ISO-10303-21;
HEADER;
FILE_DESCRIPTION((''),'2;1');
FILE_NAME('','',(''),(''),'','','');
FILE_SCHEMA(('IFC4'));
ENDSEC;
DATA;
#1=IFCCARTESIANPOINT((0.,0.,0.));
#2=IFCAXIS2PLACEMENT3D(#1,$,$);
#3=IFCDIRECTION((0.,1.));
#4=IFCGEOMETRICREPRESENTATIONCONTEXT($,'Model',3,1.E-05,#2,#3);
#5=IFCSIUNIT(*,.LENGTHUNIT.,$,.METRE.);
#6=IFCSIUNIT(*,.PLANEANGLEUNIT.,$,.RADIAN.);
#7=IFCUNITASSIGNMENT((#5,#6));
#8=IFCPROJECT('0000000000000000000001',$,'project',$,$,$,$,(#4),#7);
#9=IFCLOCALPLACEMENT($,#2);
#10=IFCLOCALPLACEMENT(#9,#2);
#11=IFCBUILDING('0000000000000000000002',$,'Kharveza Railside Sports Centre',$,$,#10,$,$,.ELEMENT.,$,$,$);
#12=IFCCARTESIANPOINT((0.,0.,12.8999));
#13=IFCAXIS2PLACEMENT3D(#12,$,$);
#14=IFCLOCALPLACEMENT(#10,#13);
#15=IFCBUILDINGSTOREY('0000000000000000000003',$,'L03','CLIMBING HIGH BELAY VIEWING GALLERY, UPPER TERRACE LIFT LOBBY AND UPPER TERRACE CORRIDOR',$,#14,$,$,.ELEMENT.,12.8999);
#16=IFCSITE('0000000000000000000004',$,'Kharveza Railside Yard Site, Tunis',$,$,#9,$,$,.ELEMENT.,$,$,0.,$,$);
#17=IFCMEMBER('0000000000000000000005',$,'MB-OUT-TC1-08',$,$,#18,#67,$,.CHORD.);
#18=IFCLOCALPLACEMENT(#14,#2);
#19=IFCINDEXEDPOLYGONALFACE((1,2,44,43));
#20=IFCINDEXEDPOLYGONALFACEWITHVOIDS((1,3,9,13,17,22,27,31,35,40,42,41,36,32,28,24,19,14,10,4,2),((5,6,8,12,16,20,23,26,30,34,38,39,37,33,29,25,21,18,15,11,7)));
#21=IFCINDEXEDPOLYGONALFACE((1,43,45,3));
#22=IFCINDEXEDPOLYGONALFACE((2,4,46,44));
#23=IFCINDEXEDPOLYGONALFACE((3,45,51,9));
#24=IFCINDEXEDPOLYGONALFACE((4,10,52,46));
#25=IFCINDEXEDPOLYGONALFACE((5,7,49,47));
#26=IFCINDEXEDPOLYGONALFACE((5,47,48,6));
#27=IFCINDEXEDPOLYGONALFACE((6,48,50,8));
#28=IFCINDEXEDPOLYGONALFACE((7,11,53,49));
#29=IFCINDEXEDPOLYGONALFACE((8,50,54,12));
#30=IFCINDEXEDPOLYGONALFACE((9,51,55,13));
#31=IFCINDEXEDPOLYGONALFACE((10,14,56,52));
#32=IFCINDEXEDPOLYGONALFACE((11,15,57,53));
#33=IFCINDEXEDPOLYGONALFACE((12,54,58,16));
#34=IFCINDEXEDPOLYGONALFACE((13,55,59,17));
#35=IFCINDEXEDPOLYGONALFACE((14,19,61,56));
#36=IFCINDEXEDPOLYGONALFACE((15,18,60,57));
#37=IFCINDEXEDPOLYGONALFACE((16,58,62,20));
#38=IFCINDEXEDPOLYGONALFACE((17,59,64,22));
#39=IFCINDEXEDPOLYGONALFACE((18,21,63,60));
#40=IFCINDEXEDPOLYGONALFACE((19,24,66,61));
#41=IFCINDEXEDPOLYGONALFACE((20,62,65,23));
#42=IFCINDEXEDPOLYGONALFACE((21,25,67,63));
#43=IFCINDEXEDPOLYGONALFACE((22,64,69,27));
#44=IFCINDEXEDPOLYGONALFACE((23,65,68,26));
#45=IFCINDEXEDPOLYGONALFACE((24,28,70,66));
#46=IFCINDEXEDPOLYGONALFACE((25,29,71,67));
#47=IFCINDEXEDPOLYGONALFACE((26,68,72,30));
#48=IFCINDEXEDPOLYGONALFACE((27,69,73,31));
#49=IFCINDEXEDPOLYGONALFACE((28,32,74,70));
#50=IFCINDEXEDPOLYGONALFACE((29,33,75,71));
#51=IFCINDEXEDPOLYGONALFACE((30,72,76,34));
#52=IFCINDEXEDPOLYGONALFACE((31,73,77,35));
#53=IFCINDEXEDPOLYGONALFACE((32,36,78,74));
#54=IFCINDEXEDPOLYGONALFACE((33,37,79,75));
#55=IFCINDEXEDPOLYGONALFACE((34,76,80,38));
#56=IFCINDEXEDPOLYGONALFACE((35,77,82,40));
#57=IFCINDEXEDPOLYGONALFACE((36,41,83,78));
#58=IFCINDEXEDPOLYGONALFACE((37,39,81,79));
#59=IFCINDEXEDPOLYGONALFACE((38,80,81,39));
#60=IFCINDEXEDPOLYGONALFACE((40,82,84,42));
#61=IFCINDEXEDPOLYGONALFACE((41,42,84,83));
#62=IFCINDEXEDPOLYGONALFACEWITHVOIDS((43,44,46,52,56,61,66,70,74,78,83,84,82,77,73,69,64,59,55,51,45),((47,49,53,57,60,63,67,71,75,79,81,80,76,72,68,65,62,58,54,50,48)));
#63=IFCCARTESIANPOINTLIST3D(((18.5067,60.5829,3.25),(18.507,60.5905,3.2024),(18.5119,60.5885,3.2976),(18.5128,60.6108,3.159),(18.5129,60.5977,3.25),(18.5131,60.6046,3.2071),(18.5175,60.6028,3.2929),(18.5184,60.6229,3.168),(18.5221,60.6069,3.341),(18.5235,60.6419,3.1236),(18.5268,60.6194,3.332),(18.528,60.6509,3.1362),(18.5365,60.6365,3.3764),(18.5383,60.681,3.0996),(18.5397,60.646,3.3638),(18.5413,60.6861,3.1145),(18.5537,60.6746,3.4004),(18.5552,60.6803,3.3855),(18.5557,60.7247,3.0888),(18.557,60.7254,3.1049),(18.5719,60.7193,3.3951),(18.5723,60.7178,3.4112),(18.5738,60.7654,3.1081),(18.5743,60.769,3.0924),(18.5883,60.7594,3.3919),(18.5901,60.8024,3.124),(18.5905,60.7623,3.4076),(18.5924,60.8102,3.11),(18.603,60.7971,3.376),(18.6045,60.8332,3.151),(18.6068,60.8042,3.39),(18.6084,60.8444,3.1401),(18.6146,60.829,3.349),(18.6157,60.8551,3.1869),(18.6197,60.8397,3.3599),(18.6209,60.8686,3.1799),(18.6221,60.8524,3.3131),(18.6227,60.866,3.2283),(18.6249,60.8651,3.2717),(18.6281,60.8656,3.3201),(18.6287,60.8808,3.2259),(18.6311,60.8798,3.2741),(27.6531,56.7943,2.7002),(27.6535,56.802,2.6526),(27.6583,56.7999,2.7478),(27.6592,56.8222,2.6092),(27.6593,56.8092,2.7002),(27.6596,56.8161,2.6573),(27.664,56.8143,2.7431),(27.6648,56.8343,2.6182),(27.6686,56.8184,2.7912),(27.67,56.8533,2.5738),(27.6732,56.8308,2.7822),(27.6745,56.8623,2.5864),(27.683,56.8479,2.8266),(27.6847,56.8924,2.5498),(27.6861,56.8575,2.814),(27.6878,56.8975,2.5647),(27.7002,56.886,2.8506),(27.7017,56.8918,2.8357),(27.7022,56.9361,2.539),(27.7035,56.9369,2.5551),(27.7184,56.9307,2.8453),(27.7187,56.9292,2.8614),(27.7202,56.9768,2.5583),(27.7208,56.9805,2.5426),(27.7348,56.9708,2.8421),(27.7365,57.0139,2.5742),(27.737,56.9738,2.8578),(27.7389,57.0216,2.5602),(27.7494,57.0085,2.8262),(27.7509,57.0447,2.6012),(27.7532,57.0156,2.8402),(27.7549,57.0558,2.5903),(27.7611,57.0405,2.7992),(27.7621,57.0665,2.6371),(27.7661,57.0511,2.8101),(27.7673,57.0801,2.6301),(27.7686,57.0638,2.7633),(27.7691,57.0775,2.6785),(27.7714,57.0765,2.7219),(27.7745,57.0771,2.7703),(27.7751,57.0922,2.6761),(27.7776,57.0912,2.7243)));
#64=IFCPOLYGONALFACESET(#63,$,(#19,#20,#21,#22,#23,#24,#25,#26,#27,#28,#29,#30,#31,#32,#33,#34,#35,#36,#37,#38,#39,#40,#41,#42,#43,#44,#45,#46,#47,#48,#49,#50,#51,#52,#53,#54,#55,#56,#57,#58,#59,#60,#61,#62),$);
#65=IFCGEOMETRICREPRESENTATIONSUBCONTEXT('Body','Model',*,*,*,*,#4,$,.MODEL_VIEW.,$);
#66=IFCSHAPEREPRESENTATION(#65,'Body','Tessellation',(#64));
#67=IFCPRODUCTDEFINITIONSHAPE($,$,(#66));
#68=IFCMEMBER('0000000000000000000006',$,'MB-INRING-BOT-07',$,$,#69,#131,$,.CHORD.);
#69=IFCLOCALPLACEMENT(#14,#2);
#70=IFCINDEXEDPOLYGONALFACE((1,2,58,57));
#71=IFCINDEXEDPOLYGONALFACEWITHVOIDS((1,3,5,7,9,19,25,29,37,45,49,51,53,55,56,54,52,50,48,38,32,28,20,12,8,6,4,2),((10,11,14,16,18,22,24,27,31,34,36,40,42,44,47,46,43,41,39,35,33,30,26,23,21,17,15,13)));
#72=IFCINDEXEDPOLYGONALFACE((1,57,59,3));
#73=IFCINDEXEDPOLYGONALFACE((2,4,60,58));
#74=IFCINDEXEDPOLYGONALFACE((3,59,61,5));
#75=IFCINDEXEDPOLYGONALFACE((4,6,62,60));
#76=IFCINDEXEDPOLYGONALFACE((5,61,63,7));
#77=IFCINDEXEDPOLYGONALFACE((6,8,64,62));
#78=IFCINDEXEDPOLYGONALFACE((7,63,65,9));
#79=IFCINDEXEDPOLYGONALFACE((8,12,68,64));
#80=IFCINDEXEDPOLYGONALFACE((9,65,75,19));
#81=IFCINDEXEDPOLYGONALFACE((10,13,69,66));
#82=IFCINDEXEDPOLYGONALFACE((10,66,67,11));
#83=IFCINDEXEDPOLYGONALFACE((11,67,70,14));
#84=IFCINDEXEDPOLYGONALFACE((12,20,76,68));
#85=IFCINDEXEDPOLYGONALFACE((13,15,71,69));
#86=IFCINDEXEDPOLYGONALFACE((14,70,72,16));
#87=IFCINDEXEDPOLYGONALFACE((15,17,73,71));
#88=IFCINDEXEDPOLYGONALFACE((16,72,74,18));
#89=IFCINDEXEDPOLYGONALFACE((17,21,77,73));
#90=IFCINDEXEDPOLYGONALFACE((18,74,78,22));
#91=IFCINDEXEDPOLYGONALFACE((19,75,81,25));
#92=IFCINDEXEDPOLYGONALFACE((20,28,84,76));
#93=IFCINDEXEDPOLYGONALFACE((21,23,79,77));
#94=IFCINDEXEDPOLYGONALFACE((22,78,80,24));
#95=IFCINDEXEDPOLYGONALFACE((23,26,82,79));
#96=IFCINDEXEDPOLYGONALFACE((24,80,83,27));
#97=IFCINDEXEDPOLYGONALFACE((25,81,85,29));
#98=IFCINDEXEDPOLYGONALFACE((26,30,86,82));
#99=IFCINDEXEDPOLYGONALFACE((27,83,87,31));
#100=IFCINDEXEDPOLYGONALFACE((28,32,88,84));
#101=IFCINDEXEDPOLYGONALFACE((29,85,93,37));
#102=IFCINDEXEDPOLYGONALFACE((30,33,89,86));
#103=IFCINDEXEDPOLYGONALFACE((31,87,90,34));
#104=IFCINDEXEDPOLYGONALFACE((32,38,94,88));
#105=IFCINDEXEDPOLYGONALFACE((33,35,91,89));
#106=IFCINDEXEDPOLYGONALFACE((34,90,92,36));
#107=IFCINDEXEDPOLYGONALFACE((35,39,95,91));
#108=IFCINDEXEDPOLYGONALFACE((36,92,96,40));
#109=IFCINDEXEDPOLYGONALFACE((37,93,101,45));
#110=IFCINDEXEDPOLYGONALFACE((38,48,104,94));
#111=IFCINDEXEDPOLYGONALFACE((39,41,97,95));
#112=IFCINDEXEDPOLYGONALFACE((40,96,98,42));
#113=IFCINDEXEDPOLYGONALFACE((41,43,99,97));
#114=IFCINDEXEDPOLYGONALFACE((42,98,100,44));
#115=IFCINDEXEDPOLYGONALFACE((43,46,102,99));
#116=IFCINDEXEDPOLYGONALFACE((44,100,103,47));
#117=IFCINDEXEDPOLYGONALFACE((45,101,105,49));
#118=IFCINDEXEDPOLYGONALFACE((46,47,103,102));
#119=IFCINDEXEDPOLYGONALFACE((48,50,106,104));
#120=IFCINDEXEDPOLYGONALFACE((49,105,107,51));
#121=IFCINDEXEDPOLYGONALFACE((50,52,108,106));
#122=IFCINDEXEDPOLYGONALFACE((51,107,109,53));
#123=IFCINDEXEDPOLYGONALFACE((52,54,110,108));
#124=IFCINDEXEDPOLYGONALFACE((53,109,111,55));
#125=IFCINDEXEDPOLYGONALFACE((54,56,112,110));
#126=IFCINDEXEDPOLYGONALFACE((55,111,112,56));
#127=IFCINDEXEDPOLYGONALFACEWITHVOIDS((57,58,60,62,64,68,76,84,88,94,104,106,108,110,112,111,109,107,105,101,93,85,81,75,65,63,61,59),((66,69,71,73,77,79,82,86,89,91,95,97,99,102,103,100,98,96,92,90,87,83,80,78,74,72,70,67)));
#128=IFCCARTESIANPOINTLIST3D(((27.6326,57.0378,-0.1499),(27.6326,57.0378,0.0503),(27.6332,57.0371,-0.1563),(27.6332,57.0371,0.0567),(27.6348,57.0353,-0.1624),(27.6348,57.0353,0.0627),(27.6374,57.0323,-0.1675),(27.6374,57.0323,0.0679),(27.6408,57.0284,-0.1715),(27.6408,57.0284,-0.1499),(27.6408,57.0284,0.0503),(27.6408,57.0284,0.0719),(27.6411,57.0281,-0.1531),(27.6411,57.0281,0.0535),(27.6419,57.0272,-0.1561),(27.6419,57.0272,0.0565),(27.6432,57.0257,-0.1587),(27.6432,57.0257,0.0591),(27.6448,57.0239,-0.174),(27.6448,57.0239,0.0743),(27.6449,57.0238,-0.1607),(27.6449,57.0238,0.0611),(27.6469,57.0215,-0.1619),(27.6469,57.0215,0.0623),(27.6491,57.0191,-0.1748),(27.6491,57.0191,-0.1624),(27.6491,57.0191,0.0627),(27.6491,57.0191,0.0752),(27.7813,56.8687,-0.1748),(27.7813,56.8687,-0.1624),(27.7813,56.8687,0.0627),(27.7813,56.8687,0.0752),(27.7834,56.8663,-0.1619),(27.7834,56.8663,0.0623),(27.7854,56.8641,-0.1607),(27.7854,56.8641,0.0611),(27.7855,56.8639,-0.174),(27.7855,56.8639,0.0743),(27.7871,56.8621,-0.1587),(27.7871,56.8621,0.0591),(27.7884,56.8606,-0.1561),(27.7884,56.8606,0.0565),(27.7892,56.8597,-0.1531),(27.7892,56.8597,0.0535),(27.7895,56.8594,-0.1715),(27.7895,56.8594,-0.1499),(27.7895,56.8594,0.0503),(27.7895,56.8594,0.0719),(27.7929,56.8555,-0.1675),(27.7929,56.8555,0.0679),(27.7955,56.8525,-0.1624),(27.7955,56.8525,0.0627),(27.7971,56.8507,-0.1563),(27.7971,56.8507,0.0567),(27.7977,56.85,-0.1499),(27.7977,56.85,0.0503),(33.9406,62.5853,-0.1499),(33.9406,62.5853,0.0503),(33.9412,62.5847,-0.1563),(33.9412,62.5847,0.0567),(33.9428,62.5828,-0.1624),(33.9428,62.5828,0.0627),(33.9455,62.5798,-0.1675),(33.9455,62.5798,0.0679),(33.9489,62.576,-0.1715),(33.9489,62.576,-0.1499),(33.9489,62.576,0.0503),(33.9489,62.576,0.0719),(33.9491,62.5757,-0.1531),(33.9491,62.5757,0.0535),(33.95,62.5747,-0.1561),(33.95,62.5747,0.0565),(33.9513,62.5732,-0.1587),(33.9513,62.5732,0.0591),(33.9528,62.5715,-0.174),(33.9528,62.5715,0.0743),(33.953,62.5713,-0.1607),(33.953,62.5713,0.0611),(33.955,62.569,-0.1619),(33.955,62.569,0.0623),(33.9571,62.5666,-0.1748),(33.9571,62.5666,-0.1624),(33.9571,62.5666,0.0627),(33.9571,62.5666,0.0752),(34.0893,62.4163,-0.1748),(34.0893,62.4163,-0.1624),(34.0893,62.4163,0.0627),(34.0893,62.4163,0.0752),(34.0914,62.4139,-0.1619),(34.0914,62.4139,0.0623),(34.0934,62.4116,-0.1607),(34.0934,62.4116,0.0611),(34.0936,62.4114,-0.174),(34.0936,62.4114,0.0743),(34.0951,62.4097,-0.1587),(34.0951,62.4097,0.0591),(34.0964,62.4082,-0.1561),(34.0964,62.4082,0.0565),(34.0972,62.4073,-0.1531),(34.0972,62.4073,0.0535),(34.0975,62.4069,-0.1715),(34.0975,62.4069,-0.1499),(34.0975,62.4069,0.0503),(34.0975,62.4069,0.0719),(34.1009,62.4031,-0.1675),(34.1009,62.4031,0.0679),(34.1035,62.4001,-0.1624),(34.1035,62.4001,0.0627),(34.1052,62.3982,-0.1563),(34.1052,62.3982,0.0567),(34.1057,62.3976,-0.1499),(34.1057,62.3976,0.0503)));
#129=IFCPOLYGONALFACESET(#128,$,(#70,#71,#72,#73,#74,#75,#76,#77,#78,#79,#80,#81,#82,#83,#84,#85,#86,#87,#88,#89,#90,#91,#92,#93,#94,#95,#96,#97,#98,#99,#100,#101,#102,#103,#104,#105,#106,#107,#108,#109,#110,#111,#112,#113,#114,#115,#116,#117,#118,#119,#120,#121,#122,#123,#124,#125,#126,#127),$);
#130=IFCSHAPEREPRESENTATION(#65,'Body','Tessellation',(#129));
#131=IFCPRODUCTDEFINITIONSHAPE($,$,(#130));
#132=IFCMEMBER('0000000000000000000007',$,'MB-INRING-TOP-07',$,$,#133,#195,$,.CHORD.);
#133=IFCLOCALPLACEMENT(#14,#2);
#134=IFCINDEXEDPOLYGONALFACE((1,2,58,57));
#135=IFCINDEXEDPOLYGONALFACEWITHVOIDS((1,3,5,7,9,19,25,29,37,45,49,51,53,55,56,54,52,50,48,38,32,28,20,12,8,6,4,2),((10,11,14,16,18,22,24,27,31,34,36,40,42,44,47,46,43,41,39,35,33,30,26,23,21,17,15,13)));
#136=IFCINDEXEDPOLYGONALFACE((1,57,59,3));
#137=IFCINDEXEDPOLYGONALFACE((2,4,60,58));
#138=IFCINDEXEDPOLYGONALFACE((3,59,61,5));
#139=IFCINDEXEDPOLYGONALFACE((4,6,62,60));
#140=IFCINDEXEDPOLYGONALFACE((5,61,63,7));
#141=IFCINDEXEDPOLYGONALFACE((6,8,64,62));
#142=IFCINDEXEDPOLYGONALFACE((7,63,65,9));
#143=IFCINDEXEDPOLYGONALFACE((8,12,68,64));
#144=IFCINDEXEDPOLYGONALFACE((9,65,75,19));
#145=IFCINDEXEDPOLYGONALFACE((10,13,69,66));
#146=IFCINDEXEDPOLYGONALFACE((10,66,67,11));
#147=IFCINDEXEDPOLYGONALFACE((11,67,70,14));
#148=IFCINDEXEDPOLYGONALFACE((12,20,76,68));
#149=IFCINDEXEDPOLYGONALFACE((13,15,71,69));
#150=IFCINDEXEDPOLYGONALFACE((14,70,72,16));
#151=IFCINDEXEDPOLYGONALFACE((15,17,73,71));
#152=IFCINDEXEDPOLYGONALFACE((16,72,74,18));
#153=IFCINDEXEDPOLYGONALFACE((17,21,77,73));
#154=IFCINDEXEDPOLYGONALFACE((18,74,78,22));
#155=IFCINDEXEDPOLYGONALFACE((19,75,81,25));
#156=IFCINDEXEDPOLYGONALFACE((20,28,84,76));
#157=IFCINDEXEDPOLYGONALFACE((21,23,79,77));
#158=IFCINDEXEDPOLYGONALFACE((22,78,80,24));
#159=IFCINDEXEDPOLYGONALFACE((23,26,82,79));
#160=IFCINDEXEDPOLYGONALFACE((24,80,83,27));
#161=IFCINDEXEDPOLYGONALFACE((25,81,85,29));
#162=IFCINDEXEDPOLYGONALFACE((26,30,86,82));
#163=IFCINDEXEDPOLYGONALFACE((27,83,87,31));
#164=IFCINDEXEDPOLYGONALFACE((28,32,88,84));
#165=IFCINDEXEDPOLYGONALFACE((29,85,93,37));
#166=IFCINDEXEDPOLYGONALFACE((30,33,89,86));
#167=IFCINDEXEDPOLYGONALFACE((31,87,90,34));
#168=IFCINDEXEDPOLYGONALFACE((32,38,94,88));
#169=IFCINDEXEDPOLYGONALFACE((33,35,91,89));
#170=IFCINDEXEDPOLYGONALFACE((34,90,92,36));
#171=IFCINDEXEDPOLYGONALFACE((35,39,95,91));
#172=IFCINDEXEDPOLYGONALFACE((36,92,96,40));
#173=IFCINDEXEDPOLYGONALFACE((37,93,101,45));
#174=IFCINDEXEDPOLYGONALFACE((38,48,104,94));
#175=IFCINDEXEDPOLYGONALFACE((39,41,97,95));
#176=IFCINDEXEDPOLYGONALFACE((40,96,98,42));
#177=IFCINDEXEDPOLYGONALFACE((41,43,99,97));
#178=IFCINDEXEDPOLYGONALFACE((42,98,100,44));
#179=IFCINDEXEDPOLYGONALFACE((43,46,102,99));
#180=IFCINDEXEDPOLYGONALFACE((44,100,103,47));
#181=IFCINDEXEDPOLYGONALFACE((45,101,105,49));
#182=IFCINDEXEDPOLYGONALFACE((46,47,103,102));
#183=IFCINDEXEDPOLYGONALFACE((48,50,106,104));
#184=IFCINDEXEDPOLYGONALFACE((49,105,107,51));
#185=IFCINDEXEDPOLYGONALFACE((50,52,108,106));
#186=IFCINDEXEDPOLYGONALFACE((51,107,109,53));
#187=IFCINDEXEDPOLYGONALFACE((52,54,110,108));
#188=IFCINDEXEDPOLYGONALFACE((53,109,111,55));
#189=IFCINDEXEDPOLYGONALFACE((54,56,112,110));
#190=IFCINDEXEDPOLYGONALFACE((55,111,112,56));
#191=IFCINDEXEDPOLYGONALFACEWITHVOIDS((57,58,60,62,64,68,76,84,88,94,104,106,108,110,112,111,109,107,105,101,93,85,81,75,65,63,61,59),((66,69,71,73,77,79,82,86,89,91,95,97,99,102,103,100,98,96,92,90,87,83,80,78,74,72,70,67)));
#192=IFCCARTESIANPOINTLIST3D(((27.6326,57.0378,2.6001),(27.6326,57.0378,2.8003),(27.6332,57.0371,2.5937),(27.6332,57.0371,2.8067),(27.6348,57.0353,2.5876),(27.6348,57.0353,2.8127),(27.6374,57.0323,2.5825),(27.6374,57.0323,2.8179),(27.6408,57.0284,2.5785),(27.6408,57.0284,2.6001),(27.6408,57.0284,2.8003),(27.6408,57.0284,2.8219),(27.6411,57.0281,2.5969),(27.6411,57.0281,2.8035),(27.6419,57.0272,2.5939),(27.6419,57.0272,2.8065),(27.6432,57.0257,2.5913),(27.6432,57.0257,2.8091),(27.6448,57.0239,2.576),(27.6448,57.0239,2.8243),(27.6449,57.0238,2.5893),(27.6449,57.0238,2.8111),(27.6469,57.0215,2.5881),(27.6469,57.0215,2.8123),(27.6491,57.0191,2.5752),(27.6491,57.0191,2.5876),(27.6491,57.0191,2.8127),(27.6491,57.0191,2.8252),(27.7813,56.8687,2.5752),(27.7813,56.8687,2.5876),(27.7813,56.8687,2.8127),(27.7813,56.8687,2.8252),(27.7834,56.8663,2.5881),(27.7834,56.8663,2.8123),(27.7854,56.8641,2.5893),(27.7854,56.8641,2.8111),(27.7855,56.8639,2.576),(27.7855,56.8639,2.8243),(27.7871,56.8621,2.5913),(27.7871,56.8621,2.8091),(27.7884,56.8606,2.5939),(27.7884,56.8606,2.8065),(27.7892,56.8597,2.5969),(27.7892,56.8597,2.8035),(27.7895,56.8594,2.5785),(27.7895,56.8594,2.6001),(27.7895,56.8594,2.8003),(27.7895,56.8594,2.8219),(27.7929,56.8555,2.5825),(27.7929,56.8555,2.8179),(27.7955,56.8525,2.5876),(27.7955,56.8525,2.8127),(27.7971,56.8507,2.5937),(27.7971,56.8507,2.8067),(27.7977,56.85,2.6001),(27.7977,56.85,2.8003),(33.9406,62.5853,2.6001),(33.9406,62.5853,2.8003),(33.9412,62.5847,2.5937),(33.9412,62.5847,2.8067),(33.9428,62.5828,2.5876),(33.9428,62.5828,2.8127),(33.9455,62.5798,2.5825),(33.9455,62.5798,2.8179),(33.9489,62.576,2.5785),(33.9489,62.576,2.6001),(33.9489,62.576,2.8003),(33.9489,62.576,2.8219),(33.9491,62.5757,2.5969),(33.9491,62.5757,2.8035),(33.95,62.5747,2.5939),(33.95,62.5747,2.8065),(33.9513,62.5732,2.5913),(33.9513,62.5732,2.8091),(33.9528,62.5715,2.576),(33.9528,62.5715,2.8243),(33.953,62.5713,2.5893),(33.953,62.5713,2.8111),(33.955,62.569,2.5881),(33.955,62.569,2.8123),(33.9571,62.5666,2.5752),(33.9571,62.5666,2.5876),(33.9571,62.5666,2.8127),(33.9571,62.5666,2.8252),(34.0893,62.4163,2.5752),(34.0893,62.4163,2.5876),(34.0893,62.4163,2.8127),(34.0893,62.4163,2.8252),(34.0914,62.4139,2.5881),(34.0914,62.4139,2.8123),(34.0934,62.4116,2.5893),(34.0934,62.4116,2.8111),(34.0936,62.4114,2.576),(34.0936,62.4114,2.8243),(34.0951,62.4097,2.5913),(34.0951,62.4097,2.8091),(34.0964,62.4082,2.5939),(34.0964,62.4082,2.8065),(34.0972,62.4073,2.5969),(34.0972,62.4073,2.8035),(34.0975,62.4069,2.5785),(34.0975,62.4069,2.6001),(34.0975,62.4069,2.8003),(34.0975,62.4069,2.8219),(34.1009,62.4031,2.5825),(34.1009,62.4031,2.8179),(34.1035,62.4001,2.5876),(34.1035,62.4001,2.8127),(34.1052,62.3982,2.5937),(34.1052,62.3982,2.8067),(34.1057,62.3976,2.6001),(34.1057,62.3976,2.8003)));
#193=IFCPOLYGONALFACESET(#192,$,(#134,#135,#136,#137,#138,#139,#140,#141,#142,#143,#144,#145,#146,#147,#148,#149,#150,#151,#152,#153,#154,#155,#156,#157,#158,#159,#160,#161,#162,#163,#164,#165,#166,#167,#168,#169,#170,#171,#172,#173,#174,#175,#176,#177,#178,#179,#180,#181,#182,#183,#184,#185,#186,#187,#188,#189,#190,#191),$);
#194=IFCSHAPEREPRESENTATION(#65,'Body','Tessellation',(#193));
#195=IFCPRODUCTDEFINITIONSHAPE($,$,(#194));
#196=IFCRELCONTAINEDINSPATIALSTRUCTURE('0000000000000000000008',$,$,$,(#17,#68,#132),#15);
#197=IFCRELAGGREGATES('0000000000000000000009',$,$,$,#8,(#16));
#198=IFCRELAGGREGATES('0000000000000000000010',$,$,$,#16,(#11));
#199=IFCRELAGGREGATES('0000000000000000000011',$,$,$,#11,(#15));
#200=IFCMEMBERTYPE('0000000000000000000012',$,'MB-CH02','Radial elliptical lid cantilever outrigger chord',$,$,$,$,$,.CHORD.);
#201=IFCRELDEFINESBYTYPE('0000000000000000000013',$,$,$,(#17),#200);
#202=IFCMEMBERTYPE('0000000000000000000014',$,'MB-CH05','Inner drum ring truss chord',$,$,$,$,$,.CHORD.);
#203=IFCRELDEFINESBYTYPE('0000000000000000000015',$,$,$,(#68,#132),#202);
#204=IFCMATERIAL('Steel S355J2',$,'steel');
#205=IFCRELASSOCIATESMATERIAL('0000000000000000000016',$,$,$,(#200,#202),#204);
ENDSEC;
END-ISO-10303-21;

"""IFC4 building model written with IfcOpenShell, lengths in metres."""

from ifc_helpers import new_model, si_unit, direction, frame, origin, origin_2d, place, context, subcontext, project, spatial, hollow_rectangle, hollow_circle, extrude, material, material_profile, profile_set, type_object, element, save


model = new_model("IFC4")

# Units and contexts
model_context = context("Model", 3, precision=1e-05, world=origin(), true_north=direction((0.0, 1.0)))
body_context = subcontext(model_context, "Body", "Model", "MODEL_VIEW")
ifc_project = project(units=[si_unit("LENGTHUNIT", "METRE"), si_unit("PLANEANGLEUNIT", "RADIAN")], contexts=[model_context])

# Site, building, storey
site_placement = place(None, origin())
site = spatial("IfcSite", under=ifc_project, at=site_placement, Name="Kharveza Railside Yard Site, Tunis", CompositionType="ELEMENT", RefElevation=0.0)
building_placement = place(site_placement, origin())
building = spatial("IfcBuilding", under=site, at=building_placement, Name="Kharveza Railside Sports Centre", CompositionType="ELEMENT")
storey_placement = place(building_placement, frame((0.0, 0.0, 12.8999)))
storey = spatial("IfcBuildingStorey", under=building, at=storey_placement, Name="L03", Description="CLIMBING HIGH BELAY VIEWING GALLERY, UPPER TERRACE LIFT LOBBY AND UPPER TERRACE CORRIDOR", CompositionType="ELEMENT", Elevation=12.8999)

# Shared definitions
ifc_material_1 = material(Name="Steel S355J2", Category="steel")

# Members
ifc_material_profile_1 = material_profile(ifc_material_1, hollow_circle(Radius=0.1619, WallThickness=0.0161, at=origin_2d()), Name="CHS 323.9x16.0")
ifc_profile_set_1 = profile_set([ifc_material_profile_1], Name="Steel S355J2")
member_type_1 = type_object("IfcMemberType", Name="MB-CH02", Description="Radial elliptical lid cantilever outrigger chord", PredefinedType="CHORD", material=ifc_profile_set_1)
member_1_placement = place(storey_placement, frame((27.7151, 56.9438, 2.7002), z_axis=(-0.922459, 0.382093, 0.05545), x_axis=(-0.382681, -0.92388, 0.0)))
element("IfcMember", 1, at=member_1_placement, inside=storey, type_object=member_type_1, Name="MB-OUT-TC1-08", PredefinedType="CHORD", context=body_context, shape_type="SweptSolid", body=[
    extrude(hollow_circle(Radius=0.1619, WallThickness=0.0161, at=origin_2d()), origin(), (0.0, 0.0, 1.0), 9.9153),
])
ifc_material_profile_2 = material_profile(ifc_material_1, hollow_rectangle(XDim=0.25, YDim=0.25, WallThickness=0.0125, InnerFilletRadius=0.0125, OuterFilletRadius=0.0249, at=origin_2d()), Name="SHS 250x250x12.5")
ifc_profile_set_2 = profile_set([ifc_material_profile_2], Name="Steel S355J2")
member_type_2 = type_object("IfcMemberType", Name="MB-CH05", Description="Inner drum ring truss chord", PredefinedType="CHORD", material=ifc_profile_set_2)
for number, where, z_axis, x_axis, name in (
    (2, (34.0232, 62.4915, -0.0498), (-0.750922, -0.660391, 0.0), (0.660391, -0.750922, 0.0), "MB-INRING-BOT-07"),
    (3, (34.0232, 62.4915, 2.7002), (-0.750922, -0.660391, 0.0), (0.660391, -0.750922, 0.0), "MB-INRING-TOP-07"),
):
    element("IfcMember", number, at=place(storey_placement, frame(where, z_axis=z_axis, x_axis=x_axis)), inside=storey, type_object=member_type_2, Name=name, PredefinedType="CHORD", context=body_context, shape_type="SweptSolid", body=[
        extrude(hollow_rectangle(XDim=0.25, YDim=0.25, WallThickness=0.0125, InnerFilletRadius=0.0125, OuterFilletRadius=0.0249, at=origin_2d()), origin(), (0.0, 0.0, 1.0), 8.4004),
    ])

save(model, "model.ifc")
